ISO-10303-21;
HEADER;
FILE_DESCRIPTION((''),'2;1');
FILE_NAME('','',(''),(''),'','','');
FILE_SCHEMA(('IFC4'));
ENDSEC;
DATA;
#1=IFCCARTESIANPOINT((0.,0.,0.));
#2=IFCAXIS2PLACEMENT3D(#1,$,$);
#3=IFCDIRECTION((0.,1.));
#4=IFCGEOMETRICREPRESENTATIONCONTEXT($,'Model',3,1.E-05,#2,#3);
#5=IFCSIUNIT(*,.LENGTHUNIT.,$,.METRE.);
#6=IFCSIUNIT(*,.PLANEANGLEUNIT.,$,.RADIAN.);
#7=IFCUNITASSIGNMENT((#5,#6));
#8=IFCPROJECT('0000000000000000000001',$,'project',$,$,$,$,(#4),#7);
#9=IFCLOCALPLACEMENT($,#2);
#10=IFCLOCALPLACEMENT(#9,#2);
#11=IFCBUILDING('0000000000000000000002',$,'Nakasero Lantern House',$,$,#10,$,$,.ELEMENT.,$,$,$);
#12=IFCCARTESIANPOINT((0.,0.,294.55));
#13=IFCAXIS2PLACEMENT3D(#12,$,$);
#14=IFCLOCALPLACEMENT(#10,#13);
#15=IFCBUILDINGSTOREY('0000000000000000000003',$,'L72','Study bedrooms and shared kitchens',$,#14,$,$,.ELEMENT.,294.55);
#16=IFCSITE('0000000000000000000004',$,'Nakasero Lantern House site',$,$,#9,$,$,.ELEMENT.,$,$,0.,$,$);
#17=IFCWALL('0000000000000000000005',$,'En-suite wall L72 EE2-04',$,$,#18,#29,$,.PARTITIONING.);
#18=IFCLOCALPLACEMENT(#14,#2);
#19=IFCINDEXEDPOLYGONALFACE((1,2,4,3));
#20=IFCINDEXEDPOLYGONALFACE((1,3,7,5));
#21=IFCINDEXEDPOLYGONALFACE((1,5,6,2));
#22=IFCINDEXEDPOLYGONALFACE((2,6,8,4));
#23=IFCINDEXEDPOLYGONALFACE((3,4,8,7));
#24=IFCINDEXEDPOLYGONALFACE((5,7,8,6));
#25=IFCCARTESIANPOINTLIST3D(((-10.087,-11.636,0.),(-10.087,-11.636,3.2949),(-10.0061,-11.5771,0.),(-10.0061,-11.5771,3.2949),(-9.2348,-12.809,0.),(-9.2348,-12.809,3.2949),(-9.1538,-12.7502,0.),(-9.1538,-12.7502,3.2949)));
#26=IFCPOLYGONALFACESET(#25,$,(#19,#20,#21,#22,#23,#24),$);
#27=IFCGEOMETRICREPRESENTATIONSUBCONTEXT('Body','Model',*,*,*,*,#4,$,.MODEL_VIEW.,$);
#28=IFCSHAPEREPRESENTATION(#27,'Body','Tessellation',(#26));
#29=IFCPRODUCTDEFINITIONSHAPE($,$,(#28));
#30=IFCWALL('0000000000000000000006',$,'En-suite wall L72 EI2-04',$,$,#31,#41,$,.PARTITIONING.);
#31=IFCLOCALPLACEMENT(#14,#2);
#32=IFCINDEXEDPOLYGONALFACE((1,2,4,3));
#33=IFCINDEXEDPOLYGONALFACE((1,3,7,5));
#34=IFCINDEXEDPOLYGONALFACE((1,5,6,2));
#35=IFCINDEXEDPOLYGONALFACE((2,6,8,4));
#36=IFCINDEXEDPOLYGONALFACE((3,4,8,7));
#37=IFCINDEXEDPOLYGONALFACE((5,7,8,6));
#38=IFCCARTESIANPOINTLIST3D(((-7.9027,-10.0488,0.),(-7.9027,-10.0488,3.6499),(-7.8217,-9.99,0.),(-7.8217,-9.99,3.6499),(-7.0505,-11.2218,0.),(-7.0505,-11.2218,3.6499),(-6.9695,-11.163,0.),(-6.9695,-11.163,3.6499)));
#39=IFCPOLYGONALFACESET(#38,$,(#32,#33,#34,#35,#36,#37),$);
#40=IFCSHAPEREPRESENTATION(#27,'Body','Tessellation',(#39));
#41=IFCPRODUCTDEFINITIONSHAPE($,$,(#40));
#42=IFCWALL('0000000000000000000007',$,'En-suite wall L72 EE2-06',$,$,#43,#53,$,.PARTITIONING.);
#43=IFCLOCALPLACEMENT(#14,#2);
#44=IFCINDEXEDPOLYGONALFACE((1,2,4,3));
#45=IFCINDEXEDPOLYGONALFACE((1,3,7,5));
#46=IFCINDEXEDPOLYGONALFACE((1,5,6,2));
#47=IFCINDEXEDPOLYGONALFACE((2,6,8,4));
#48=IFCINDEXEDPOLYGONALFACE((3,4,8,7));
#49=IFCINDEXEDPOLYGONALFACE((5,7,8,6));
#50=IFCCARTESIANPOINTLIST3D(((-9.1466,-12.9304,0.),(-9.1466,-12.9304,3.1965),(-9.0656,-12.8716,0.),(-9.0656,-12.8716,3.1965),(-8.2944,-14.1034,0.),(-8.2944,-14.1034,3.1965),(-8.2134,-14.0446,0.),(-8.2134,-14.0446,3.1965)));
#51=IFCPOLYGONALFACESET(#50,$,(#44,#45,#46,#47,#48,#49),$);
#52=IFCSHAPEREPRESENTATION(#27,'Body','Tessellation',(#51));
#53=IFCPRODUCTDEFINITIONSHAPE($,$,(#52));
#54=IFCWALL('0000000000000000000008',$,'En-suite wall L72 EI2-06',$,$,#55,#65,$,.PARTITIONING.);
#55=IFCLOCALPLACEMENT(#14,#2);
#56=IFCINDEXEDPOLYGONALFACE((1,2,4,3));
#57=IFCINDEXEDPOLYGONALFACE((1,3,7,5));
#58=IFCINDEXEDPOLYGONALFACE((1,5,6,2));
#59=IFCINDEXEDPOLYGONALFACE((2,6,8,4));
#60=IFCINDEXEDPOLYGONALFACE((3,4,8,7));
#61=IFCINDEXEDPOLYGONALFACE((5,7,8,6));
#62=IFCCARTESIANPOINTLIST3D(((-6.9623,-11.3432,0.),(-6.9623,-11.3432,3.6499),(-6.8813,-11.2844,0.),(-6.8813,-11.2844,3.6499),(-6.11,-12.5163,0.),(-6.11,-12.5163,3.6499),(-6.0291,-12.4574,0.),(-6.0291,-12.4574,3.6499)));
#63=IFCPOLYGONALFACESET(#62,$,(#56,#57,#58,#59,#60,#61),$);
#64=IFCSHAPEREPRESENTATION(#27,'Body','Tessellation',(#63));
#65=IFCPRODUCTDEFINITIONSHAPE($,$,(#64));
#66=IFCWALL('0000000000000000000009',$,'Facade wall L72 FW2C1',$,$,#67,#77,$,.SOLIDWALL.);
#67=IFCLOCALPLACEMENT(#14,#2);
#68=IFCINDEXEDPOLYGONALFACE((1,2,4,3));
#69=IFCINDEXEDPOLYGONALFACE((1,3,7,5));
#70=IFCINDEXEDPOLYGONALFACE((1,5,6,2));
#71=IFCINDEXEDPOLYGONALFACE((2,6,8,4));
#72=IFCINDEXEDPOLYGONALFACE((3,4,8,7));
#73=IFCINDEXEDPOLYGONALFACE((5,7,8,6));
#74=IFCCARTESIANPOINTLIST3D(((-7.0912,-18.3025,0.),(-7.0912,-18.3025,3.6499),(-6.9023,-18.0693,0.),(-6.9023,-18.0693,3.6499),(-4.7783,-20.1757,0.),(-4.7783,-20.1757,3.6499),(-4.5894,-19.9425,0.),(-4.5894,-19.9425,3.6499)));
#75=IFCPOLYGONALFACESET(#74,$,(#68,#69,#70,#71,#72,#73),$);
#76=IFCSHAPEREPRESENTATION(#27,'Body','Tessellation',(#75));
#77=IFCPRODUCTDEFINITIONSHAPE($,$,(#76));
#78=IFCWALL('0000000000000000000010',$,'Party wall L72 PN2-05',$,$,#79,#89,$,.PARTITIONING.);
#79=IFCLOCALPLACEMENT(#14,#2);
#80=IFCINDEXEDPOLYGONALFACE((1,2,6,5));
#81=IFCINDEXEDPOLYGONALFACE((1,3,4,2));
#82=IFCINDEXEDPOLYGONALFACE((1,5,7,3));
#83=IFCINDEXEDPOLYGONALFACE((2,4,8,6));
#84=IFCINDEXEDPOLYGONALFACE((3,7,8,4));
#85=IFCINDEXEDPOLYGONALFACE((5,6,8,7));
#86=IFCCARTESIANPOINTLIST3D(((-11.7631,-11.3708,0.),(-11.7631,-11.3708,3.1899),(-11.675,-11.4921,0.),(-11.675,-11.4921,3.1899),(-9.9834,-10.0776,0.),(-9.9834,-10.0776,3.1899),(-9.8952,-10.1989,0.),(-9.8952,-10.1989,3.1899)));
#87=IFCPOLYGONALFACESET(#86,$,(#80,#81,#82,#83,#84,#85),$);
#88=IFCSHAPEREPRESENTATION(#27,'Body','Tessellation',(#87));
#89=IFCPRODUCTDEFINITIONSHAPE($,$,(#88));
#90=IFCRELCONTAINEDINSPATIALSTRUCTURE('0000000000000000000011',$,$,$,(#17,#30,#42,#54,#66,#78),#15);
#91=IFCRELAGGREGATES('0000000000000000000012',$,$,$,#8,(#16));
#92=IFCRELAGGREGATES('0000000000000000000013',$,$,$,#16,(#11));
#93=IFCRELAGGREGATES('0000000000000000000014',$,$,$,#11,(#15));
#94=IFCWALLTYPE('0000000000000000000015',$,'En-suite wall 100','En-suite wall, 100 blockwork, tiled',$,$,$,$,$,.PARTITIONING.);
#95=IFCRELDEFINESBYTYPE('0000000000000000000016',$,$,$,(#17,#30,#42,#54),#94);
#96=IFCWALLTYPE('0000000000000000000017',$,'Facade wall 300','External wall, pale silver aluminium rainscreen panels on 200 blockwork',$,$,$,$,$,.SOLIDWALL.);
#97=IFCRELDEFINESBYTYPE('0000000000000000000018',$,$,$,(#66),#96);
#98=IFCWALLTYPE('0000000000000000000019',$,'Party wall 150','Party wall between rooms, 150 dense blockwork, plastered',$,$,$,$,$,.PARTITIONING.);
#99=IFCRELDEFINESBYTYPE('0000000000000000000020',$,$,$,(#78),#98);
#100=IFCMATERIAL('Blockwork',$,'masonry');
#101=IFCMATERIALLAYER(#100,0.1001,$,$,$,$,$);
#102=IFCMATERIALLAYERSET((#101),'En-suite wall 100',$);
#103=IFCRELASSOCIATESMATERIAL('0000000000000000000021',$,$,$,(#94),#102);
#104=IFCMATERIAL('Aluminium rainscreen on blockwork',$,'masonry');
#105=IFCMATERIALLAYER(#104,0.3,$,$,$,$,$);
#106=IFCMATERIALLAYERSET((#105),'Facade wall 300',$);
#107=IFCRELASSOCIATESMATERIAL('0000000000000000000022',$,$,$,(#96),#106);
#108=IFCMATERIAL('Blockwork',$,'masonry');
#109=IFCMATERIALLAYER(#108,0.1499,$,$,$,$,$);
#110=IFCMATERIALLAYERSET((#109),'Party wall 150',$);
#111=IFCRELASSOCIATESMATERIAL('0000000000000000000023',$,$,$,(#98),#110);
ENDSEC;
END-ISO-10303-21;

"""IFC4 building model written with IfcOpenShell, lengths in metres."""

from ifc_helpers import new_model, si_unit, direction, frame, frame_2d, origin, place, context, subcontext, project, spatial, rectangle, extrude, material, layer, layer_set, type_object, element, save


model = new_model("IFC4")

# Units and contexts
model_context = context("Model", 3, precision=1e-05, world=origin(), true_north=direction((0.0, 1.0)))
body_context = subcontext(model_context, "Body", "Model", "MODEL_VIEW")
ifc_project = project(units=[si_unit("LENGTHUNIT", "METRE"), si_unit("PLANEANGLEUNIT", "RADIAN")], contexts=[model_context])

# Site, building, storey
site_placement = place(None, origin())
site = spatial("IfcSite", under=ifc_project, at=site_placement, Name="Nakasero Lantern House site", CompositionType="ELEMENT", RefElevation=0.0)
building_placement = place(site_placement, origin())
building = spatial("IfcBuilding", under=site, at=building_placement, Name="Nakasero Lantern House", CompositionType="ELEMENT")
storey_placement = place(building_placement, frame((0.0, 0.0, 294.55)))
storey = spatial("IfcBuildingStorey", under=building, at=storey_placement, Name="L72", Description="Study bedrooms and shared kitchens", CompositionType="ELEMENT", Elevation=294.55)

# Shared definitions
ifc_material_1 = material(Name="Blockwork", Category="masonry")
ifc_layer_1 = layer(ifc_material_1, 0.1001)
ifc_layer_set_1 = layer_set([ifc_layer_1], Name="En-suite wall 100")
wall_type_1 = type_object("IfcWallType", Name="En-suite wall 100", Description="En-suite wall, 100 blockwork, tiled", PredefinedType="PARTITIONING", material=ifc_layer_set_1)

# Walls
wall_1_placement = place(storey_placement, frame((-10.0466, -11.6064, 0.0), z_axis=(0.0, 0.0, 1.0), x_axis=(0.587781, -0.80902, 0.0)))
element("IfcWall", 1, at=wall_1_placement, inside=storey, type_object=wall_type_1, Name="En-suite wall L72 EE2-04", PredefinedType="PARTITIONING", context=body_context, shape_type="SweptSolid", body=[
    extrude(rectangle(XDim=1.45, YDim=0.1001, at=frame_2d((0.7251, 0.0))), origin(), (0.0, 0.0, 1.0), 3.2949),
])
wall_2_placement = place(storey_placement, frame((-7.8623, -10.0193, 0.0), z_axis=(0.0, 0.0, 1.0), x_axis=(0.587781, -0.80902, 0.0)))
element("IfcWall", 2, at=wall_2_placement, inside=storey, type_object=wall_type_1, Name="En-suite wall L72 EI2-04", PredefinedType="PARTITIONING", context=body_context, shape_type="SweptSolid", body=[
    extrude(rectangle(XDim=1.45, YDim=0.1001, at=frame_2d((0.7251, 0.0))), origin(), (0.0, 0.0, 1.0), 3.6499),
])
wall_3_placement = place(storey_placement, frame((-9.1062, -12.9009, 0.0), z_axis=(0.0, 0.0, 1.0), x_axis=(0.587781, -0.80902, 0.0)))
element("IfcWall", 3, at=wall_3_placement, inside=storey, type_object=wall_type_1, Name="En-suite wall L72 EE2-06", PredefinedType="PARTITIONING", context=body_context, shape_type="SweptSolid", body=[
    extrude(rectangle(XDim=1.45, YDim=0.1001, at=frame_2d((0.7251, 0.0))), origin(), (0.0, 0.0, 1.0), 3.1965),
])
wall_4_placement = place(storey_placement, frame((-6.9219, -11.3137, 0.0), z_axis=(0.0, 0.0, 1.0), x_axis=(0.587781, -0.80902, 0.0)))
element("IfcWall", 4, at=wall_4_placement, inside=storey, type_object=wall_type_1, Name="En-suite wall L72 EI2-06", PredefinedType="PARTITIONING", context=body_context, shape_type="SweptSolid", body=[
    extrude(rectangle(XDim=1.45, YDim=0.1001, at=frame_2d((0.7251, 0.0))), origin(), (0.0, 0.0, 1.0), 3.6499),
])
ifc_material_2 = material(Name="Aluminium rainscreen on blockwork", Category="masonry")
ifc_layer_2 = layer(ifc_material_2, 0.3)
ifc_layer_set_2 = layer_set([ifc_layer_2], Name="Facade wall 300")
wall_type_2 = type_object("IfcWallType", Name="Facade wall 300", Description="External wall, pale silver aluminium rainscreen panels on 200 blockwork", PredefinedType="SOLIDWALL", material=ifc_layer_set_2)
wall_5_placement = place(storey_placement, frame((-6.9968, -18.1858, 0.0), z_axis=(0.0, 0.0, 1.0), x_axis=(0.777102, -0.629375, 0.0)))
element("IfcWall", 5, at=wall_5_placement, inside=storey, type_object=wall_type_2, Name="Facade wall L72 FW2C1", PredefinedType="SOLIDWALL", context=body_context, shape_type="SweptSolid", body=[
    extrude(rectangle(XDim=2.9763, YDim=0.3, at=frame_2d((1.4883, 0.0))), origin(), (0.0, 0.0, 1.0), 3.6499),
])
ifc_material_3 = material(Name="Blockwork", Category="masonry")
ifc_layer_3 = layer(ifc_material_3, 0.1499)
ifc_layer_set_3 = layer_set([ifc_layer_3], Name="Party wall 150")
wall_type_3 = type_object("IfcWallType", Name="Party wall 150", Description="Party wall between rooms, 150 dense blockwork, plastered", PredefinedType="PARTITIONING", material=ifc_layer_set_3)
wall_6_placement = place(storey_placement, frame((-9.9392, -10.1382, 0.0), z_axis=(0.0, 0.0, 1.0), x_axis=(-0.80899, -0.587822, 0.0)))
element("IfcWall", 6, at=wall_6_placement, inside=storey, type_object=wall_type_3, Name="Party wall L72 PN2-05", PredefinedType="PARTITIONING", context=body_context, shape_type="SweptSolid", body=[
    extrude(rectangle(XDim=2.2, YDim=0.1499, at=frame_2d((1.1001, 0.0))), origin(), (0.0, 0.0, 1.0), 3.1899),
])

save(model, "model.ifc")
